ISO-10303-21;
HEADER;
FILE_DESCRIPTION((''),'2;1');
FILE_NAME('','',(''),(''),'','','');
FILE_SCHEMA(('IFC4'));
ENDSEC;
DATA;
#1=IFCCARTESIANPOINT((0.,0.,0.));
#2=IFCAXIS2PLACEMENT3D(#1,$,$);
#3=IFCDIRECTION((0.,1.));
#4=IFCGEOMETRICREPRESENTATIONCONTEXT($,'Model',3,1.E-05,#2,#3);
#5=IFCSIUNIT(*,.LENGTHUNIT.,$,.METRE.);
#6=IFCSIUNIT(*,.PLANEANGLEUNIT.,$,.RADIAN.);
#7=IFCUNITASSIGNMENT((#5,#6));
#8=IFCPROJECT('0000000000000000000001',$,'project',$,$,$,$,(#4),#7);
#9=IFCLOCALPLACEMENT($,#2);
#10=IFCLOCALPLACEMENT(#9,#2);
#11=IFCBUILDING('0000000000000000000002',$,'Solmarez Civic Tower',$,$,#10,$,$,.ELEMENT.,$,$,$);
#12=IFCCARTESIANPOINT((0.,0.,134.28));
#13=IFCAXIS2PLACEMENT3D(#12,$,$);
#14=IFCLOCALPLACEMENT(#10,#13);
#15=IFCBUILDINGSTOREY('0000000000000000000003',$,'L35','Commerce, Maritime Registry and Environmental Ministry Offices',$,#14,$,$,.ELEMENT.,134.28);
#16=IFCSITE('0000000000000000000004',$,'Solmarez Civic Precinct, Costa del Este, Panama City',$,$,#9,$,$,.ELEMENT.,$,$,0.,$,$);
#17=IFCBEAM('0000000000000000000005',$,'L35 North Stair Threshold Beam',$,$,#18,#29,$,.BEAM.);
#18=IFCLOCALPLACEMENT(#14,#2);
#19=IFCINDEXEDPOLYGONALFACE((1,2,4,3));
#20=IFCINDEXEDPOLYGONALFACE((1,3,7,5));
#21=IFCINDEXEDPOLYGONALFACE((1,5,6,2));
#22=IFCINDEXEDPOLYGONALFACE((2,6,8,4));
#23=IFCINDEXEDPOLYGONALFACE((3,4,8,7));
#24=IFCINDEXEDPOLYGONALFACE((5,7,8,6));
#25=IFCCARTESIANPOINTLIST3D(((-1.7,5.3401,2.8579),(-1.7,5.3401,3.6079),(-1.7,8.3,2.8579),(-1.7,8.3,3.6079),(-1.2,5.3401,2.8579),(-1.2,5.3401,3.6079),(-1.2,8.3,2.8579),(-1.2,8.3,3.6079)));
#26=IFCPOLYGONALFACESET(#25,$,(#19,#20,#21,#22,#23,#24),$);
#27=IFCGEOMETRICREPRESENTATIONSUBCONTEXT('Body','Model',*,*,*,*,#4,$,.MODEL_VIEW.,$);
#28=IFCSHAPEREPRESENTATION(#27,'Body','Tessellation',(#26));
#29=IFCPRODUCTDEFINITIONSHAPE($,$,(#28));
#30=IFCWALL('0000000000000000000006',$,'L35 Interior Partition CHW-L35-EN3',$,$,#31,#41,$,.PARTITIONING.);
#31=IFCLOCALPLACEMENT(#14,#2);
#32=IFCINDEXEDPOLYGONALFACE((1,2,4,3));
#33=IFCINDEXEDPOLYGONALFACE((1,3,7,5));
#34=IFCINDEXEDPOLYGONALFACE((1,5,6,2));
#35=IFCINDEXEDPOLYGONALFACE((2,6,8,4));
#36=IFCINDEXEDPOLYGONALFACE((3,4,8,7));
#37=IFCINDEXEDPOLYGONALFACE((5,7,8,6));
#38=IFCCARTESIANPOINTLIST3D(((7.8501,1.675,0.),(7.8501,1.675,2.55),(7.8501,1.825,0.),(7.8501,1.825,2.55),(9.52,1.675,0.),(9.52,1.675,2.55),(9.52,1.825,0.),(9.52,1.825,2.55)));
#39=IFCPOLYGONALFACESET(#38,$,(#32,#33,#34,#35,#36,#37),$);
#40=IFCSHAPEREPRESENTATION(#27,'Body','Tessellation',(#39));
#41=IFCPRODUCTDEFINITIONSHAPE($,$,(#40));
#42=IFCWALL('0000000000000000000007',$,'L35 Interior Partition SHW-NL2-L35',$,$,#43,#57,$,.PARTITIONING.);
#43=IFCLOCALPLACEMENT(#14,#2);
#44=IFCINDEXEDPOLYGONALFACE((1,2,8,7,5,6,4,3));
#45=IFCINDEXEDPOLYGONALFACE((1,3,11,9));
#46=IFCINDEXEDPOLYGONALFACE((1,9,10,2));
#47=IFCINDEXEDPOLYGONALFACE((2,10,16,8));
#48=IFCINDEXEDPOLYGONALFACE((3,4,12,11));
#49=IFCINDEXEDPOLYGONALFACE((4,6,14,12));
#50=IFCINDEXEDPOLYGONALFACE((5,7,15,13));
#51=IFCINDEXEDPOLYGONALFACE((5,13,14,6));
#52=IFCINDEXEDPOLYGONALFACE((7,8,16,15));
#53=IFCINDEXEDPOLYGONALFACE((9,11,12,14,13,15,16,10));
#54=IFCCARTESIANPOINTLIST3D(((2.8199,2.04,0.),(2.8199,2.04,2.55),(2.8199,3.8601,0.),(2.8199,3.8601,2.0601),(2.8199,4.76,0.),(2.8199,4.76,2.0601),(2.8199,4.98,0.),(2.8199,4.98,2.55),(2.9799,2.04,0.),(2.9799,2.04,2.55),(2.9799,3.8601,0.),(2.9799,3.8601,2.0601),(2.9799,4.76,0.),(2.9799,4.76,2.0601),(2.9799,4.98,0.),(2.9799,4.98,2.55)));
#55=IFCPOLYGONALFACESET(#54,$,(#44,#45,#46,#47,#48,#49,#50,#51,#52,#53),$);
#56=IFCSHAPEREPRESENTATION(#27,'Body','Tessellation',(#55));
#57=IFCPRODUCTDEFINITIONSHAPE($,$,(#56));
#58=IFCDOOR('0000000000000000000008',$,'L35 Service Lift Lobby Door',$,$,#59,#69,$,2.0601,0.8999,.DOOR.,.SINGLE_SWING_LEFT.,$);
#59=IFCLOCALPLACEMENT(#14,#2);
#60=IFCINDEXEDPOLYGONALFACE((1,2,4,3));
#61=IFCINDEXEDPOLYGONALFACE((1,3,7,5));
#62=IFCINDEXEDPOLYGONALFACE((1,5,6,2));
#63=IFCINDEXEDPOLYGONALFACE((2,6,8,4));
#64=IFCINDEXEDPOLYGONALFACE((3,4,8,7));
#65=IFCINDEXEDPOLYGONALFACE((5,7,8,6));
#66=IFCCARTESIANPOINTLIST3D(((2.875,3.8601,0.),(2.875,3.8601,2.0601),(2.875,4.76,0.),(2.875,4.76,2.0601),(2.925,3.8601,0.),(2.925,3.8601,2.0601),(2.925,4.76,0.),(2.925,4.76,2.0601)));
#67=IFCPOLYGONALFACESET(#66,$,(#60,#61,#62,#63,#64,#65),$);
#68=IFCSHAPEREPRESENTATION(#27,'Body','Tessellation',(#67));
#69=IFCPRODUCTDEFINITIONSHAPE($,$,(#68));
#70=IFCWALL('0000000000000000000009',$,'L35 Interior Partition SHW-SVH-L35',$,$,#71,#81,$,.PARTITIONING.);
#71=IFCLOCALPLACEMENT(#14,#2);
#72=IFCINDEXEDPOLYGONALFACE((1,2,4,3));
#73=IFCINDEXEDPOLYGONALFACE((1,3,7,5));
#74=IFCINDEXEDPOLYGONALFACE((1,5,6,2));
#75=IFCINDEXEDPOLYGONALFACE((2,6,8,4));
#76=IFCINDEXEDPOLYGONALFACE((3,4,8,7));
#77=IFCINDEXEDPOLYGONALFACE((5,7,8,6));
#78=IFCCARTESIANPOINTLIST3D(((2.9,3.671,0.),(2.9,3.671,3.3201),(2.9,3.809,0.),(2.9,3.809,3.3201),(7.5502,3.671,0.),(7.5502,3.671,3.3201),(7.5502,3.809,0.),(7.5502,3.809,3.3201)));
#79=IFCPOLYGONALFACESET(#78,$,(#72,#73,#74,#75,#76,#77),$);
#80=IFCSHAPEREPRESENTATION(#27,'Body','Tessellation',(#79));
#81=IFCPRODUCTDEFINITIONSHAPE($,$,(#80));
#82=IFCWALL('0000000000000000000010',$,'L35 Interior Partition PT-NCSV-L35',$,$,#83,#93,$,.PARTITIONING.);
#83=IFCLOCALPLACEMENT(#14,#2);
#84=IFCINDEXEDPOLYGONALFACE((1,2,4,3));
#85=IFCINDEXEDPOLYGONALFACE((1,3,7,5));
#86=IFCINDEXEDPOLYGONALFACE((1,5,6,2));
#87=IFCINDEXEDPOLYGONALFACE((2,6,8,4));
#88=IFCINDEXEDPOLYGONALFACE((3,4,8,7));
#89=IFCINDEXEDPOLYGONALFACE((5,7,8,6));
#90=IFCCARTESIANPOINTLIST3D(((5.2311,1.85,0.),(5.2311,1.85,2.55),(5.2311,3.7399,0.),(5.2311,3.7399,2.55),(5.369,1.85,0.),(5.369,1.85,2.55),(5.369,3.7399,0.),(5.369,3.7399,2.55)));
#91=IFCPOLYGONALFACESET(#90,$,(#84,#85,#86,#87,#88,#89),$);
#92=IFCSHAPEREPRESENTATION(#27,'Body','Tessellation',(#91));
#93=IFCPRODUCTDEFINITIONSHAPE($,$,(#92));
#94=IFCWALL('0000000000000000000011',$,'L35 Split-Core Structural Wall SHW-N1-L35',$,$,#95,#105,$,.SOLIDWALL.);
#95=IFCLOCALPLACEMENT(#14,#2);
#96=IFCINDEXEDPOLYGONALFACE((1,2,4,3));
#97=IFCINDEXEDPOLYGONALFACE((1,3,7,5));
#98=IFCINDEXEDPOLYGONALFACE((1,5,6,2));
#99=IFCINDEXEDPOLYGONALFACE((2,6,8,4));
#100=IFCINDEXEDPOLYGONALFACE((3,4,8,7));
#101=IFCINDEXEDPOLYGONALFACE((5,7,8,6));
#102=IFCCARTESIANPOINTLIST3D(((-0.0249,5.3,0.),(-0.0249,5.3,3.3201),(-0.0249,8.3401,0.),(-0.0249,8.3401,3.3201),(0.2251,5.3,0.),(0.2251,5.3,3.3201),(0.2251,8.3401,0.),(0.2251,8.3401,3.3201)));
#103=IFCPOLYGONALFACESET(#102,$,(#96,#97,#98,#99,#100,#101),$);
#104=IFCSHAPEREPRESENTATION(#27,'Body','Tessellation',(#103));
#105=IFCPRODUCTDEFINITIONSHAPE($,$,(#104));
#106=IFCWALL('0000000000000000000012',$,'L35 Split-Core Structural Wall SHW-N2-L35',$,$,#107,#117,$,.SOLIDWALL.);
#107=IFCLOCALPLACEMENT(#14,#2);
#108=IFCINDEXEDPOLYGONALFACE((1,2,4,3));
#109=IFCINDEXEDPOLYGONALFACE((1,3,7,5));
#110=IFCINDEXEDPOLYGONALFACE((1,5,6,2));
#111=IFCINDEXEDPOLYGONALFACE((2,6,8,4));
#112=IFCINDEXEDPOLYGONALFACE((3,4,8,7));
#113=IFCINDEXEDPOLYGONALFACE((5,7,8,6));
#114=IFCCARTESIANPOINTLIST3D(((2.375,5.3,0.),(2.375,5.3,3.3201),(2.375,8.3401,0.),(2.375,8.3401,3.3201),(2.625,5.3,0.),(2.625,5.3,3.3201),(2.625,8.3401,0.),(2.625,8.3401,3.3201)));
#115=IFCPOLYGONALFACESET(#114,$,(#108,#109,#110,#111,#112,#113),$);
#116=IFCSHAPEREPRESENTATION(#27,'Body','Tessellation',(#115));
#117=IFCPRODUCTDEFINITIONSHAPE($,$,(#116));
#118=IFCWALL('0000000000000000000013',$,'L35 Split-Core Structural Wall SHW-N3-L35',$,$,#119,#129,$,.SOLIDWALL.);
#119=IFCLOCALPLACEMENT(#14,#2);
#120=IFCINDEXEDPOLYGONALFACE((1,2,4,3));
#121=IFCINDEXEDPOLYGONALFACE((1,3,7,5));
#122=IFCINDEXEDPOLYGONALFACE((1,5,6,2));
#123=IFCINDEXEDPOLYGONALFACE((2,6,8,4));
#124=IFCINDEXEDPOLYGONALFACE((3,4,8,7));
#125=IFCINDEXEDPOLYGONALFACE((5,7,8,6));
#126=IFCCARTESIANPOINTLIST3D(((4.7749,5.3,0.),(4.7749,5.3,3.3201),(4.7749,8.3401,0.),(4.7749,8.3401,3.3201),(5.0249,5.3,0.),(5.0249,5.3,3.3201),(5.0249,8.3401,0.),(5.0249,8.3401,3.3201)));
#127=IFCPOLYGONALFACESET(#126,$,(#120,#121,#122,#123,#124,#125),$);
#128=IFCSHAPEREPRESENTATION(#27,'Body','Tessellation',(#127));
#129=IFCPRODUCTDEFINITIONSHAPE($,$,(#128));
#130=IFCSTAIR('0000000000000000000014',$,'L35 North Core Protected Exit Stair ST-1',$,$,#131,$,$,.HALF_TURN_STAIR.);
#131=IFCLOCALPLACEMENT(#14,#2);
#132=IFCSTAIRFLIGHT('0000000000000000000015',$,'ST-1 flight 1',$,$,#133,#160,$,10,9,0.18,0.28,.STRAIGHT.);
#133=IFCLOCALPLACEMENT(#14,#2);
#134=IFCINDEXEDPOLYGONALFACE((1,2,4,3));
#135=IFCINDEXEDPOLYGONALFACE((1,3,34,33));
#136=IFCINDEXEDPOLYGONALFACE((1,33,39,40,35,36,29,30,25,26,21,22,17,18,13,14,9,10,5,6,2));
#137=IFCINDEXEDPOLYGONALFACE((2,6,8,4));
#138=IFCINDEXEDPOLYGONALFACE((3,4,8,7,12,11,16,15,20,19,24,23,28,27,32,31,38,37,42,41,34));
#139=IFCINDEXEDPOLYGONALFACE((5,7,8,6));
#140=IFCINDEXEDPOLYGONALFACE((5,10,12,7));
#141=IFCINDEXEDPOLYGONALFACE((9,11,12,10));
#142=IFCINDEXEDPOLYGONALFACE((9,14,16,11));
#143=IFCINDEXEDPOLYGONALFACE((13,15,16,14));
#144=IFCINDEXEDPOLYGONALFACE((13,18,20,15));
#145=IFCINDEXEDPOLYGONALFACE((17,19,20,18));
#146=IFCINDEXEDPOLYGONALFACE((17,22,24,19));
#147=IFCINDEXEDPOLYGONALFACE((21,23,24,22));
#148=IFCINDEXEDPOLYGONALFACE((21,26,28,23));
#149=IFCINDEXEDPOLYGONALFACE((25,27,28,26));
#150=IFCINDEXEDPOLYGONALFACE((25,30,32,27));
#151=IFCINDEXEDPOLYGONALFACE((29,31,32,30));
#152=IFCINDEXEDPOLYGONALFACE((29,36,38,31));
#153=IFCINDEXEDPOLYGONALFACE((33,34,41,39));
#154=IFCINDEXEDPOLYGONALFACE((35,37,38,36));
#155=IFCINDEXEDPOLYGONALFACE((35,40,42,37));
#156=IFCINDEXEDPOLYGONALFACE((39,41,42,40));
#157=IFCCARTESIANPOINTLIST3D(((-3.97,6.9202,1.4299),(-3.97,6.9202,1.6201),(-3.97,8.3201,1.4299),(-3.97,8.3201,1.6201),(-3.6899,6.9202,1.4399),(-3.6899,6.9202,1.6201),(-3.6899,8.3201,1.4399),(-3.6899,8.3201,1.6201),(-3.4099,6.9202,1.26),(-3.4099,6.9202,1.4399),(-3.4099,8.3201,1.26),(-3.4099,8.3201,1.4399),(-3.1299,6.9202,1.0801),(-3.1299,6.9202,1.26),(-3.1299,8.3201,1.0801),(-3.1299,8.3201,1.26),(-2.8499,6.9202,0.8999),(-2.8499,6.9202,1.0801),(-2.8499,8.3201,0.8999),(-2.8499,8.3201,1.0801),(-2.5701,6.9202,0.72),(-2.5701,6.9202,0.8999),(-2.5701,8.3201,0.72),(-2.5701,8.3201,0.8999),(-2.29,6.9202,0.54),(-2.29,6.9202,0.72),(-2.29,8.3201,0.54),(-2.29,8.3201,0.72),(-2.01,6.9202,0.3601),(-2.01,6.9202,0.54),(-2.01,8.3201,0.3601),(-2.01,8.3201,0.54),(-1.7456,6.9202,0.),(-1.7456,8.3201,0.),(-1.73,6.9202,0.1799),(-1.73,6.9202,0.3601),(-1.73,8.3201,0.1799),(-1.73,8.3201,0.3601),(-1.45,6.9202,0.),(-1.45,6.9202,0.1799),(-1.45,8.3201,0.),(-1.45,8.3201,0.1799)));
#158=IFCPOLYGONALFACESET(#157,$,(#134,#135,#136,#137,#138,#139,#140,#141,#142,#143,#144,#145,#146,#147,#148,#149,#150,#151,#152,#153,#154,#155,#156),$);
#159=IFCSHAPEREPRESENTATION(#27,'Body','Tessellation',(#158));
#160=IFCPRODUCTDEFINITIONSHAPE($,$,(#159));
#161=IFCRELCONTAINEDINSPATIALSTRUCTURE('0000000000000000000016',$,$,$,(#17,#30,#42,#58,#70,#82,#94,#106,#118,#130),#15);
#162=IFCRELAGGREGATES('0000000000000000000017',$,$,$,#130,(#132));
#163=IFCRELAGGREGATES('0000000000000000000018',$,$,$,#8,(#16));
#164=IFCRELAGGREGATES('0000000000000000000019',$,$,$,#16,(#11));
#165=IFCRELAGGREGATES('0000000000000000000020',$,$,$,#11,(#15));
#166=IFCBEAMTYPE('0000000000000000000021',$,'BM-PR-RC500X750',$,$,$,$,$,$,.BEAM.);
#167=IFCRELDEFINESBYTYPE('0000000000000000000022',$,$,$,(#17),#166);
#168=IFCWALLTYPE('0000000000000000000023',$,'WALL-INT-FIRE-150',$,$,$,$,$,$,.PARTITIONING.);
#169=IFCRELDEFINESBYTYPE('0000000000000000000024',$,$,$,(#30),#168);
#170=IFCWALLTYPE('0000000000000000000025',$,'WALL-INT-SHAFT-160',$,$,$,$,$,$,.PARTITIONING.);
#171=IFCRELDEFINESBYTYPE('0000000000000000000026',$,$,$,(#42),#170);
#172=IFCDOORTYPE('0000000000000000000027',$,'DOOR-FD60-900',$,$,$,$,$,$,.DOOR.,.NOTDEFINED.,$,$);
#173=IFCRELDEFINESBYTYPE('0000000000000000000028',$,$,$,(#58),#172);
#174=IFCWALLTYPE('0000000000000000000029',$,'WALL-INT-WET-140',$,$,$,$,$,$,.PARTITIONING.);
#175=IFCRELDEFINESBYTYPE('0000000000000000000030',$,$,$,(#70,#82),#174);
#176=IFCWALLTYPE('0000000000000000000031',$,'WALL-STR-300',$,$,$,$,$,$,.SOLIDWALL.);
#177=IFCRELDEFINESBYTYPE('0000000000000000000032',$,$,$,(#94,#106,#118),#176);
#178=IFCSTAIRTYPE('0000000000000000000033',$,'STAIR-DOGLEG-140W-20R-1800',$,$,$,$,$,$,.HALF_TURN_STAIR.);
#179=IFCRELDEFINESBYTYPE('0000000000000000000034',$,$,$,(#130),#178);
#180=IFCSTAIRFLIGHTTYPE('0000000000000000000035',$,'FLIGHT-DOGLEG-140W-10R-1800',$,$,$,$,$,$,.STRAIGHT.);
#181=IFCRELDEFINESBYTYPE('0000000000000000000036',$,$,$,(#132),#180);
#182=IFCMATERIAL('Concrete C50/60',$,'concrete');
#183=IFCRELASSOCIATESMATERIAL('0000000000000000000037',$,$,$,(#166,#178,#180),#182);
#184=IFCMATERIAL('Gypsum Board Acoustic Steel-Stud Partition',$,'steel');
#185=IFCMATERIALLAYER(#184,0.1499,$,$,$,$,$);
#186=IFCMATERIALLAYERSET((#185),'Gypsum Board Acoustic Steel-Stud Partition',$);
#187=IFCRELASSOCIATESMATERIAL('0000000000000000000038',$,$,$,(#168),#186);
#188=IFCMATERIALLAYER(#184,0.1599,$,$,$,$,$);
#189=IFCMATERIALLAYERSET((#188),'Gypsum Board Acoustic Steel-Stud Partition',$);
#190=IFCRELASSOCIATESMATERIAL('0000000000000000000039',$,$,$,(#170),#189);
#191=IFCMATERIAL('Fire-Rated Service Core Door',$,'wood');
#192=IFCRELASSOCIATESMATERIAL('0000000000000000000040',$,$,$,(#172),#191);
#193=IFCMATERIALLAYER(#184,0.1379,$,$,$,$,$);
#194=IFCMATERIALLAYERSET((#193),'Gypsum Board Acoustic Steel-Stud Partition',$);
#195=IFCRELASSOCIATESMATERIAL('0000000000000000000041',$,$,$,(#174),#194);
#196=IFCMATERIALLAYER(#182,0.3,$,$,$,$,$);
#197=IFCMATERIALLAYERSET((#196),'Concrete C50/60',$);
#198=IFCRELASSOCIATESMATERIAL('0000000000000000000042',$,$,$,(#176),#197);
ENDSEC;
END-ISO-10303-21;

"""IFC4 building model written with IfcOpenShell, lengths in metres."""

from ifc_helpers import new_model, si_unit, direction, frame, frame_2d, origin, origin_2d, place, context, subcontext, project, spatial, polyline, rectangle, outline, extrude, material, layer, layer_set, material_profile, profile_set, type_object, element, fill, aggregate, save


model = new_model("IFC4")

# Units and contexts
model_context = context("Model", 3, precision=1e-05, world=origin(), true_north=direction((0.0, 1.0)))
body_context = subcontext(model_context, "Body", "Model", "MODEL_VIEW")
ifc_project = project(units=[si_unit("LENGTHUNIT", "METRE"), si_unit("PLANEANGLEUNIT", "RADIAN")], contexts=[model_context])

# Site, building, storey
site_placement = place(None, origin())
site = spatial("IfcSite", under=ifc_project, at=site_placement, Name="Solmarez Civic Precinct, Costa del Este, Panama City", CompositionType="ELEMENT", RefElevation=0.0)
building_placement = place(site_placement, origin())
building = spatial("IfcBuilding", under=site, at=building_placement, Name="Solmarez Civic Tower", CompositionType="ELEMENT")
storey_placement = place(building_placement, frame((0.0, 0.0, 134.28)))
storey = spatial("IfcBuildingStorey", under=building, at=storey_placement, Name="L35", Description="Commerce, Maritime Registry and Environmental Ministry Offices", CompositionType="ELEMENT", Elevation=134.28)

# Beam
ifc_material_1 = material(Name="Concrete C50/60", Category="concrete")
ifc_material_profile = material_profile(ifc_material_1, rectangle(XDim=0.5, YDim=0.75, at=origin_2d()), Name="RC500X750")
ifc_profile_set = profile_set([ifc_material_profile], Name="Concrete C50/60")
beam_type = type_object("IfcBeamType", Name="BM-PR-RC500X750", PredefinedType="BEAM", material=ifc_profile_set)
beam_placement = place(storey_placement, frame((-1.45, 5.3401, 3.2329), z_axis=(0.0, 1.0, 0.0), x_axis=(-1.0, 0.0, 0.0)))
element("IfcBeam", 1, at=beam_placement, inside=storey, type_object=beam_type, Name="L35 North Stair Threshold Beam", PredefinedType="BEAM", context=body_context, shape_type="SweptSolid", body=[
    extrude(rectangle(XDim=0.5, YDim=0.75, at=origin_2d()), origin(), (0.0, 0.0, 1.0), 2.96),
])

# Wall
ifc_material_2 = material(Name="Gypsum Board Acoustic Steel-Stud Partition", Category="steel")
ifc_layer_1 = layer(ifc_material_2, 0.1499)
ifc_layer_set_1 = layer_set([ifc_layer_1], Name="Gypsum Board Acoustic Steel-Stud Partition")
wall_type_1 = type_object("IfcWallType", Name="WALL-INT-FIRE-150", PredefinedType="PARTITIONING", material=ifc_layer_set_1)
wall_1_placement = place(storey_placement, frame((7.8501, 1.75, 0.0), z_axis=(0.0, 0.0, 1.0), x_axis=(1.0, 0.0, 0.0)))
element("IfcWall", 2, at=wall_1_placement, inside=storey, type_object=wall_type_1, Name="L35 Interior Partition CHW-L35-EN3", PredefinedType="PARTITIONING", context=body_context, shape_type="SweptSolid", body=[
    extrude(rectangle(XDim=1.6699, YDim=0.1499, at=frame_2d((0.835, 0.0))), origin(), (0.0, 0.0, 1.0), 2.55),
])

# Wall, opening, door
ifc_layer_2 = layer(ifc_material_2, 0.1599)
ifc_layer_set_2 = layer_set([ifc_layer_2], Name="Gypsum Board Acoustic Steel-Stud Partition")
wall_type_2 = type_object("IfcWallType", Name="WALL-INT-SHAFT-160", PredefinedType="PARTITIONING", material=ifc_layer_set_2)
wall_2_placement = place(storey_placement, frame((2.8999, 2.04, 0.0), z_axis=(0.0, 0.0, 1.0), x_axis=(0.0, 1.0, 0.0)))
wall_2 = element("IfcWall", 3, at=wall_2_placement, inside=storey, type_object=wall_type_2, Name="L35 Interior Partition SHW-NL2-L35", PredefinedType="PARTITIONING", context=body_context, shape_type="SweptSolid", body=[
    extrude(rectangle(XDim=2.9399, YDim=0.1599, at=frame_2d((1.47, 0.0))), origin(), (0.0, 0.0, 1.0), 2.55),
])
opening_1_placement = place(wall_2_placement, frame((1.8201, 0.0, 0.0)))
opening_1 = element("IfcOpeningElement", 4, at=opening_1_placement, cuts=wall_2, PredefinedType="OPENING", context=body_context, shape_type="SweptSolid", body=[
    extrude(rectangle(XDim=0.8999, YDim=2.0601, at=frame_2d((0.45, 1.03))), frame((0.0, 0.0898, 0.0), z_axis=(0.0, -1.0, 0.0), x_axis=(1.0, 0.0, 0.0)), (0.0, 0.0, 1.0), 0.1799),
])
ifc_material_3 = material(Name="Fire-Rated Service Core Door", Category="wood")
door_type_1 = type_object("IfcDoorType", Name="DOOR-FD60-900", OperationType="NOTDEFINED", PredefinedType="DOOR", material=ifc_material_3)
door_1_placement = place(opening_1_placement, origin())
door_1 = element("IfcDoor", 5, at=door_1_placement, inside=storey, type_object=door_type_1, Name="L35 Service Lift Lobby Door", OperationType="SINGLE_SWING_LEFT", OverallHeight=2.0601, OverallWidth=0.8999, PredefinedType="DOOR", context=body_context, shape_type="SweptSolid", body=[
    extrude(rectangle(XDim=0.8999, YDim=2.0601, at=frame_2d((0.45, 1.03))), frame((0.0, 0.0249, 0.0), z_axis=(0.0, -1.0, 0.0), x_axis=(1.0, 0.0, 0.0)), (0.0, 0.0, 1.0), 0.05),
])
fill(opening_1, door_1)

# Walls
ifc_layer_3 = layer(ifc_material_2, 0.1379)
ifc_layer_set_3 = layer_set([ifc_layer_3], Name="Gypsum Board Acoustic Steel-Stud Partition")
wall_type_3 = type_object("IfcWallType", Name="WALL-INT-WET-140", PredefinedType="PARTITIONING", material=ifc_layer_set_3)
wall_3_placement = place(storey_placement, frame((2.8999, 3.74, 0.0), z_axis=(0.0, 0.0, 1.0), x_axis=(1.0, 0.0, 0.0)))
element("IfcWall", 6, at=wall_3_placement, inside=storey, type_object=wall_type_3, Name="L35 Interior Partition SHW-SVH-L35", PredefinedType="PARTITIONING", context=body_context, shape_type="SweptSolid", body=[
    extrude(rectangle(XDim=4.6501, YDim=0.1379, at=frame_2d((2.3252, 0.0))), origin(), (0.0, 0.0, 1.0), 3.3201),
])
wall_4_placement = place(storey_placement, frame((5.3, 1.8501, 0.0), z_axis=(0.0, 0.0, 1.0), x_axis=(0.0, 1.0, 0.0)))
element("IfcWall", 7, at=wall_4_placement, inside=storey, type_object=wall_type_3, Name="L35 Interior Partition PT-NCSV-L35", PredefinedType="PARTITIONING", context=body_context, shape_type="SweptSolid", body=[
    extrude(rectangle(XDim=1.8899, YDim=0.1379, at=frame_2d((0.9448, 0.0))), origin(), (0.0, 0.0, 1.0), 2.55),
])

# Shared definitions
ifc_layer_4 = layer(ifc_material_1, 0.3)
ifc_layer_set_4 = layer_set([ifc_layer_4], Name="Concrete C50/60")
wall_type_4 = type_object("IfcWallType", Name="WALL-STR-300", PredefinedType="SOLIDWALL", material=ifc_layer_set_4)

# Walls
for number, where, z_axis, x_axis, name in (
    (8, (0.1001, 5.3, 0.0), (0.0, 0.0, 1.0), (0.0, 1.0, 0.0), "L35 Split-Core Structural Wall SHW-N1-L35"),
    (9, (2.5, 5.3, 0.0), (0.0, 0.0, 1.0), (0.0, 1.0, 0.0), "L35 Split-Core Structural Wall SHW-N2-L35"),
    (10, (4.8999, 5.3, 0.0), (0.0, 0.0, 1.0), (0.0, 1.0, 0.0), "L35 Split-Core Structural Wall SHW-N3-L35"),
):
    element("IfcWall", number, at=place(storey_placement, frame(where, z_axis=z_axis, x_axis=x_axis)), inside=storey, type_object=wall_type_4, Name=name, PredefinedType="SOLIDWALL", context=body_context, shape_type="SweptSolid", body=[
        extrude(rectangle(XDim=3.04, YDim=0.25, at=frame_2d((1.52, 0.0))), origin(), (0.0, 0.0, 1.0), 3.3201),
    ])

# Stair, stair flight
stair_type = type_object("IfcStairType", Name="STAIR-DOGLEG-140W-20R-1800", PredefinedType="HALF_TURN_STAIR", material=ifc_material_1)
stair_placement = place(storey_placement, origin())
stair = element("IfcStair", 11, at=stair_placement, inside=storey, type_object=stair_type, Name="L35 North Core Protected Exit Stair ST-1", PredefinedType="HALF_TURN_STAIR")
stair_flight_type = type_object("IfcStairFlightType", Name="FLIGHT-DOGLEG-140W-10R-1800", PredefinedType="STRAIGHT", material=ifc_material_1)
stair_flight_placement = place(storey_placement, frame((-1.45, 7.6201, 0.0), z_axis=(0.0, 0.0, 1.0), x_axis=(-1.0, 0.0, 0.0)))
stair_flight = element("IfcStairFlight", 12, at=stair_flight_placement, type_object=stair_flight_type, Name="ST-1 flight 1", NumberOfRisers=10, NumberOfTreads=9, PredefinedType="STRAIGHT", RiserHeight=0.18, TreadLength=0.28, context=body_context, shape_type="SweptSolid", body=[
    extrude(outline(polyline([(0.0, 0.0), (0.0, 0.1799), (0.28, 0.1799), (0.28, 0.3601), (0.5601, 0.3601), (0.5601, 0.54), (0.8401, 0.54), (0.8401, 0.72), (1.1201, 0.72), (1.1201, 0.8999), (1.3999, 0.8999), (1.3999, 1.0801), (1.6799, 1.0801), (1.6799, 1.26), (1.96, 1.26), (1.96, 1.4399), (2.24, 1.4399), (2.24, 1.6201), (2.52, 1.6201), (2.52, 1.8), (2.52, 1.4299), (0.2957, 0.0), (0.0, 0.0)])), frame((0.0, 0.7, 0.0), z_axis=(0.0, -1.0, 0.0), x_axis=(1.0, 0.0, 0.0)), (0.0, 0.0, 1.0), 1.3999),
])
aggregate(stair, [stair_flight])

save(model, "model.ifc")
